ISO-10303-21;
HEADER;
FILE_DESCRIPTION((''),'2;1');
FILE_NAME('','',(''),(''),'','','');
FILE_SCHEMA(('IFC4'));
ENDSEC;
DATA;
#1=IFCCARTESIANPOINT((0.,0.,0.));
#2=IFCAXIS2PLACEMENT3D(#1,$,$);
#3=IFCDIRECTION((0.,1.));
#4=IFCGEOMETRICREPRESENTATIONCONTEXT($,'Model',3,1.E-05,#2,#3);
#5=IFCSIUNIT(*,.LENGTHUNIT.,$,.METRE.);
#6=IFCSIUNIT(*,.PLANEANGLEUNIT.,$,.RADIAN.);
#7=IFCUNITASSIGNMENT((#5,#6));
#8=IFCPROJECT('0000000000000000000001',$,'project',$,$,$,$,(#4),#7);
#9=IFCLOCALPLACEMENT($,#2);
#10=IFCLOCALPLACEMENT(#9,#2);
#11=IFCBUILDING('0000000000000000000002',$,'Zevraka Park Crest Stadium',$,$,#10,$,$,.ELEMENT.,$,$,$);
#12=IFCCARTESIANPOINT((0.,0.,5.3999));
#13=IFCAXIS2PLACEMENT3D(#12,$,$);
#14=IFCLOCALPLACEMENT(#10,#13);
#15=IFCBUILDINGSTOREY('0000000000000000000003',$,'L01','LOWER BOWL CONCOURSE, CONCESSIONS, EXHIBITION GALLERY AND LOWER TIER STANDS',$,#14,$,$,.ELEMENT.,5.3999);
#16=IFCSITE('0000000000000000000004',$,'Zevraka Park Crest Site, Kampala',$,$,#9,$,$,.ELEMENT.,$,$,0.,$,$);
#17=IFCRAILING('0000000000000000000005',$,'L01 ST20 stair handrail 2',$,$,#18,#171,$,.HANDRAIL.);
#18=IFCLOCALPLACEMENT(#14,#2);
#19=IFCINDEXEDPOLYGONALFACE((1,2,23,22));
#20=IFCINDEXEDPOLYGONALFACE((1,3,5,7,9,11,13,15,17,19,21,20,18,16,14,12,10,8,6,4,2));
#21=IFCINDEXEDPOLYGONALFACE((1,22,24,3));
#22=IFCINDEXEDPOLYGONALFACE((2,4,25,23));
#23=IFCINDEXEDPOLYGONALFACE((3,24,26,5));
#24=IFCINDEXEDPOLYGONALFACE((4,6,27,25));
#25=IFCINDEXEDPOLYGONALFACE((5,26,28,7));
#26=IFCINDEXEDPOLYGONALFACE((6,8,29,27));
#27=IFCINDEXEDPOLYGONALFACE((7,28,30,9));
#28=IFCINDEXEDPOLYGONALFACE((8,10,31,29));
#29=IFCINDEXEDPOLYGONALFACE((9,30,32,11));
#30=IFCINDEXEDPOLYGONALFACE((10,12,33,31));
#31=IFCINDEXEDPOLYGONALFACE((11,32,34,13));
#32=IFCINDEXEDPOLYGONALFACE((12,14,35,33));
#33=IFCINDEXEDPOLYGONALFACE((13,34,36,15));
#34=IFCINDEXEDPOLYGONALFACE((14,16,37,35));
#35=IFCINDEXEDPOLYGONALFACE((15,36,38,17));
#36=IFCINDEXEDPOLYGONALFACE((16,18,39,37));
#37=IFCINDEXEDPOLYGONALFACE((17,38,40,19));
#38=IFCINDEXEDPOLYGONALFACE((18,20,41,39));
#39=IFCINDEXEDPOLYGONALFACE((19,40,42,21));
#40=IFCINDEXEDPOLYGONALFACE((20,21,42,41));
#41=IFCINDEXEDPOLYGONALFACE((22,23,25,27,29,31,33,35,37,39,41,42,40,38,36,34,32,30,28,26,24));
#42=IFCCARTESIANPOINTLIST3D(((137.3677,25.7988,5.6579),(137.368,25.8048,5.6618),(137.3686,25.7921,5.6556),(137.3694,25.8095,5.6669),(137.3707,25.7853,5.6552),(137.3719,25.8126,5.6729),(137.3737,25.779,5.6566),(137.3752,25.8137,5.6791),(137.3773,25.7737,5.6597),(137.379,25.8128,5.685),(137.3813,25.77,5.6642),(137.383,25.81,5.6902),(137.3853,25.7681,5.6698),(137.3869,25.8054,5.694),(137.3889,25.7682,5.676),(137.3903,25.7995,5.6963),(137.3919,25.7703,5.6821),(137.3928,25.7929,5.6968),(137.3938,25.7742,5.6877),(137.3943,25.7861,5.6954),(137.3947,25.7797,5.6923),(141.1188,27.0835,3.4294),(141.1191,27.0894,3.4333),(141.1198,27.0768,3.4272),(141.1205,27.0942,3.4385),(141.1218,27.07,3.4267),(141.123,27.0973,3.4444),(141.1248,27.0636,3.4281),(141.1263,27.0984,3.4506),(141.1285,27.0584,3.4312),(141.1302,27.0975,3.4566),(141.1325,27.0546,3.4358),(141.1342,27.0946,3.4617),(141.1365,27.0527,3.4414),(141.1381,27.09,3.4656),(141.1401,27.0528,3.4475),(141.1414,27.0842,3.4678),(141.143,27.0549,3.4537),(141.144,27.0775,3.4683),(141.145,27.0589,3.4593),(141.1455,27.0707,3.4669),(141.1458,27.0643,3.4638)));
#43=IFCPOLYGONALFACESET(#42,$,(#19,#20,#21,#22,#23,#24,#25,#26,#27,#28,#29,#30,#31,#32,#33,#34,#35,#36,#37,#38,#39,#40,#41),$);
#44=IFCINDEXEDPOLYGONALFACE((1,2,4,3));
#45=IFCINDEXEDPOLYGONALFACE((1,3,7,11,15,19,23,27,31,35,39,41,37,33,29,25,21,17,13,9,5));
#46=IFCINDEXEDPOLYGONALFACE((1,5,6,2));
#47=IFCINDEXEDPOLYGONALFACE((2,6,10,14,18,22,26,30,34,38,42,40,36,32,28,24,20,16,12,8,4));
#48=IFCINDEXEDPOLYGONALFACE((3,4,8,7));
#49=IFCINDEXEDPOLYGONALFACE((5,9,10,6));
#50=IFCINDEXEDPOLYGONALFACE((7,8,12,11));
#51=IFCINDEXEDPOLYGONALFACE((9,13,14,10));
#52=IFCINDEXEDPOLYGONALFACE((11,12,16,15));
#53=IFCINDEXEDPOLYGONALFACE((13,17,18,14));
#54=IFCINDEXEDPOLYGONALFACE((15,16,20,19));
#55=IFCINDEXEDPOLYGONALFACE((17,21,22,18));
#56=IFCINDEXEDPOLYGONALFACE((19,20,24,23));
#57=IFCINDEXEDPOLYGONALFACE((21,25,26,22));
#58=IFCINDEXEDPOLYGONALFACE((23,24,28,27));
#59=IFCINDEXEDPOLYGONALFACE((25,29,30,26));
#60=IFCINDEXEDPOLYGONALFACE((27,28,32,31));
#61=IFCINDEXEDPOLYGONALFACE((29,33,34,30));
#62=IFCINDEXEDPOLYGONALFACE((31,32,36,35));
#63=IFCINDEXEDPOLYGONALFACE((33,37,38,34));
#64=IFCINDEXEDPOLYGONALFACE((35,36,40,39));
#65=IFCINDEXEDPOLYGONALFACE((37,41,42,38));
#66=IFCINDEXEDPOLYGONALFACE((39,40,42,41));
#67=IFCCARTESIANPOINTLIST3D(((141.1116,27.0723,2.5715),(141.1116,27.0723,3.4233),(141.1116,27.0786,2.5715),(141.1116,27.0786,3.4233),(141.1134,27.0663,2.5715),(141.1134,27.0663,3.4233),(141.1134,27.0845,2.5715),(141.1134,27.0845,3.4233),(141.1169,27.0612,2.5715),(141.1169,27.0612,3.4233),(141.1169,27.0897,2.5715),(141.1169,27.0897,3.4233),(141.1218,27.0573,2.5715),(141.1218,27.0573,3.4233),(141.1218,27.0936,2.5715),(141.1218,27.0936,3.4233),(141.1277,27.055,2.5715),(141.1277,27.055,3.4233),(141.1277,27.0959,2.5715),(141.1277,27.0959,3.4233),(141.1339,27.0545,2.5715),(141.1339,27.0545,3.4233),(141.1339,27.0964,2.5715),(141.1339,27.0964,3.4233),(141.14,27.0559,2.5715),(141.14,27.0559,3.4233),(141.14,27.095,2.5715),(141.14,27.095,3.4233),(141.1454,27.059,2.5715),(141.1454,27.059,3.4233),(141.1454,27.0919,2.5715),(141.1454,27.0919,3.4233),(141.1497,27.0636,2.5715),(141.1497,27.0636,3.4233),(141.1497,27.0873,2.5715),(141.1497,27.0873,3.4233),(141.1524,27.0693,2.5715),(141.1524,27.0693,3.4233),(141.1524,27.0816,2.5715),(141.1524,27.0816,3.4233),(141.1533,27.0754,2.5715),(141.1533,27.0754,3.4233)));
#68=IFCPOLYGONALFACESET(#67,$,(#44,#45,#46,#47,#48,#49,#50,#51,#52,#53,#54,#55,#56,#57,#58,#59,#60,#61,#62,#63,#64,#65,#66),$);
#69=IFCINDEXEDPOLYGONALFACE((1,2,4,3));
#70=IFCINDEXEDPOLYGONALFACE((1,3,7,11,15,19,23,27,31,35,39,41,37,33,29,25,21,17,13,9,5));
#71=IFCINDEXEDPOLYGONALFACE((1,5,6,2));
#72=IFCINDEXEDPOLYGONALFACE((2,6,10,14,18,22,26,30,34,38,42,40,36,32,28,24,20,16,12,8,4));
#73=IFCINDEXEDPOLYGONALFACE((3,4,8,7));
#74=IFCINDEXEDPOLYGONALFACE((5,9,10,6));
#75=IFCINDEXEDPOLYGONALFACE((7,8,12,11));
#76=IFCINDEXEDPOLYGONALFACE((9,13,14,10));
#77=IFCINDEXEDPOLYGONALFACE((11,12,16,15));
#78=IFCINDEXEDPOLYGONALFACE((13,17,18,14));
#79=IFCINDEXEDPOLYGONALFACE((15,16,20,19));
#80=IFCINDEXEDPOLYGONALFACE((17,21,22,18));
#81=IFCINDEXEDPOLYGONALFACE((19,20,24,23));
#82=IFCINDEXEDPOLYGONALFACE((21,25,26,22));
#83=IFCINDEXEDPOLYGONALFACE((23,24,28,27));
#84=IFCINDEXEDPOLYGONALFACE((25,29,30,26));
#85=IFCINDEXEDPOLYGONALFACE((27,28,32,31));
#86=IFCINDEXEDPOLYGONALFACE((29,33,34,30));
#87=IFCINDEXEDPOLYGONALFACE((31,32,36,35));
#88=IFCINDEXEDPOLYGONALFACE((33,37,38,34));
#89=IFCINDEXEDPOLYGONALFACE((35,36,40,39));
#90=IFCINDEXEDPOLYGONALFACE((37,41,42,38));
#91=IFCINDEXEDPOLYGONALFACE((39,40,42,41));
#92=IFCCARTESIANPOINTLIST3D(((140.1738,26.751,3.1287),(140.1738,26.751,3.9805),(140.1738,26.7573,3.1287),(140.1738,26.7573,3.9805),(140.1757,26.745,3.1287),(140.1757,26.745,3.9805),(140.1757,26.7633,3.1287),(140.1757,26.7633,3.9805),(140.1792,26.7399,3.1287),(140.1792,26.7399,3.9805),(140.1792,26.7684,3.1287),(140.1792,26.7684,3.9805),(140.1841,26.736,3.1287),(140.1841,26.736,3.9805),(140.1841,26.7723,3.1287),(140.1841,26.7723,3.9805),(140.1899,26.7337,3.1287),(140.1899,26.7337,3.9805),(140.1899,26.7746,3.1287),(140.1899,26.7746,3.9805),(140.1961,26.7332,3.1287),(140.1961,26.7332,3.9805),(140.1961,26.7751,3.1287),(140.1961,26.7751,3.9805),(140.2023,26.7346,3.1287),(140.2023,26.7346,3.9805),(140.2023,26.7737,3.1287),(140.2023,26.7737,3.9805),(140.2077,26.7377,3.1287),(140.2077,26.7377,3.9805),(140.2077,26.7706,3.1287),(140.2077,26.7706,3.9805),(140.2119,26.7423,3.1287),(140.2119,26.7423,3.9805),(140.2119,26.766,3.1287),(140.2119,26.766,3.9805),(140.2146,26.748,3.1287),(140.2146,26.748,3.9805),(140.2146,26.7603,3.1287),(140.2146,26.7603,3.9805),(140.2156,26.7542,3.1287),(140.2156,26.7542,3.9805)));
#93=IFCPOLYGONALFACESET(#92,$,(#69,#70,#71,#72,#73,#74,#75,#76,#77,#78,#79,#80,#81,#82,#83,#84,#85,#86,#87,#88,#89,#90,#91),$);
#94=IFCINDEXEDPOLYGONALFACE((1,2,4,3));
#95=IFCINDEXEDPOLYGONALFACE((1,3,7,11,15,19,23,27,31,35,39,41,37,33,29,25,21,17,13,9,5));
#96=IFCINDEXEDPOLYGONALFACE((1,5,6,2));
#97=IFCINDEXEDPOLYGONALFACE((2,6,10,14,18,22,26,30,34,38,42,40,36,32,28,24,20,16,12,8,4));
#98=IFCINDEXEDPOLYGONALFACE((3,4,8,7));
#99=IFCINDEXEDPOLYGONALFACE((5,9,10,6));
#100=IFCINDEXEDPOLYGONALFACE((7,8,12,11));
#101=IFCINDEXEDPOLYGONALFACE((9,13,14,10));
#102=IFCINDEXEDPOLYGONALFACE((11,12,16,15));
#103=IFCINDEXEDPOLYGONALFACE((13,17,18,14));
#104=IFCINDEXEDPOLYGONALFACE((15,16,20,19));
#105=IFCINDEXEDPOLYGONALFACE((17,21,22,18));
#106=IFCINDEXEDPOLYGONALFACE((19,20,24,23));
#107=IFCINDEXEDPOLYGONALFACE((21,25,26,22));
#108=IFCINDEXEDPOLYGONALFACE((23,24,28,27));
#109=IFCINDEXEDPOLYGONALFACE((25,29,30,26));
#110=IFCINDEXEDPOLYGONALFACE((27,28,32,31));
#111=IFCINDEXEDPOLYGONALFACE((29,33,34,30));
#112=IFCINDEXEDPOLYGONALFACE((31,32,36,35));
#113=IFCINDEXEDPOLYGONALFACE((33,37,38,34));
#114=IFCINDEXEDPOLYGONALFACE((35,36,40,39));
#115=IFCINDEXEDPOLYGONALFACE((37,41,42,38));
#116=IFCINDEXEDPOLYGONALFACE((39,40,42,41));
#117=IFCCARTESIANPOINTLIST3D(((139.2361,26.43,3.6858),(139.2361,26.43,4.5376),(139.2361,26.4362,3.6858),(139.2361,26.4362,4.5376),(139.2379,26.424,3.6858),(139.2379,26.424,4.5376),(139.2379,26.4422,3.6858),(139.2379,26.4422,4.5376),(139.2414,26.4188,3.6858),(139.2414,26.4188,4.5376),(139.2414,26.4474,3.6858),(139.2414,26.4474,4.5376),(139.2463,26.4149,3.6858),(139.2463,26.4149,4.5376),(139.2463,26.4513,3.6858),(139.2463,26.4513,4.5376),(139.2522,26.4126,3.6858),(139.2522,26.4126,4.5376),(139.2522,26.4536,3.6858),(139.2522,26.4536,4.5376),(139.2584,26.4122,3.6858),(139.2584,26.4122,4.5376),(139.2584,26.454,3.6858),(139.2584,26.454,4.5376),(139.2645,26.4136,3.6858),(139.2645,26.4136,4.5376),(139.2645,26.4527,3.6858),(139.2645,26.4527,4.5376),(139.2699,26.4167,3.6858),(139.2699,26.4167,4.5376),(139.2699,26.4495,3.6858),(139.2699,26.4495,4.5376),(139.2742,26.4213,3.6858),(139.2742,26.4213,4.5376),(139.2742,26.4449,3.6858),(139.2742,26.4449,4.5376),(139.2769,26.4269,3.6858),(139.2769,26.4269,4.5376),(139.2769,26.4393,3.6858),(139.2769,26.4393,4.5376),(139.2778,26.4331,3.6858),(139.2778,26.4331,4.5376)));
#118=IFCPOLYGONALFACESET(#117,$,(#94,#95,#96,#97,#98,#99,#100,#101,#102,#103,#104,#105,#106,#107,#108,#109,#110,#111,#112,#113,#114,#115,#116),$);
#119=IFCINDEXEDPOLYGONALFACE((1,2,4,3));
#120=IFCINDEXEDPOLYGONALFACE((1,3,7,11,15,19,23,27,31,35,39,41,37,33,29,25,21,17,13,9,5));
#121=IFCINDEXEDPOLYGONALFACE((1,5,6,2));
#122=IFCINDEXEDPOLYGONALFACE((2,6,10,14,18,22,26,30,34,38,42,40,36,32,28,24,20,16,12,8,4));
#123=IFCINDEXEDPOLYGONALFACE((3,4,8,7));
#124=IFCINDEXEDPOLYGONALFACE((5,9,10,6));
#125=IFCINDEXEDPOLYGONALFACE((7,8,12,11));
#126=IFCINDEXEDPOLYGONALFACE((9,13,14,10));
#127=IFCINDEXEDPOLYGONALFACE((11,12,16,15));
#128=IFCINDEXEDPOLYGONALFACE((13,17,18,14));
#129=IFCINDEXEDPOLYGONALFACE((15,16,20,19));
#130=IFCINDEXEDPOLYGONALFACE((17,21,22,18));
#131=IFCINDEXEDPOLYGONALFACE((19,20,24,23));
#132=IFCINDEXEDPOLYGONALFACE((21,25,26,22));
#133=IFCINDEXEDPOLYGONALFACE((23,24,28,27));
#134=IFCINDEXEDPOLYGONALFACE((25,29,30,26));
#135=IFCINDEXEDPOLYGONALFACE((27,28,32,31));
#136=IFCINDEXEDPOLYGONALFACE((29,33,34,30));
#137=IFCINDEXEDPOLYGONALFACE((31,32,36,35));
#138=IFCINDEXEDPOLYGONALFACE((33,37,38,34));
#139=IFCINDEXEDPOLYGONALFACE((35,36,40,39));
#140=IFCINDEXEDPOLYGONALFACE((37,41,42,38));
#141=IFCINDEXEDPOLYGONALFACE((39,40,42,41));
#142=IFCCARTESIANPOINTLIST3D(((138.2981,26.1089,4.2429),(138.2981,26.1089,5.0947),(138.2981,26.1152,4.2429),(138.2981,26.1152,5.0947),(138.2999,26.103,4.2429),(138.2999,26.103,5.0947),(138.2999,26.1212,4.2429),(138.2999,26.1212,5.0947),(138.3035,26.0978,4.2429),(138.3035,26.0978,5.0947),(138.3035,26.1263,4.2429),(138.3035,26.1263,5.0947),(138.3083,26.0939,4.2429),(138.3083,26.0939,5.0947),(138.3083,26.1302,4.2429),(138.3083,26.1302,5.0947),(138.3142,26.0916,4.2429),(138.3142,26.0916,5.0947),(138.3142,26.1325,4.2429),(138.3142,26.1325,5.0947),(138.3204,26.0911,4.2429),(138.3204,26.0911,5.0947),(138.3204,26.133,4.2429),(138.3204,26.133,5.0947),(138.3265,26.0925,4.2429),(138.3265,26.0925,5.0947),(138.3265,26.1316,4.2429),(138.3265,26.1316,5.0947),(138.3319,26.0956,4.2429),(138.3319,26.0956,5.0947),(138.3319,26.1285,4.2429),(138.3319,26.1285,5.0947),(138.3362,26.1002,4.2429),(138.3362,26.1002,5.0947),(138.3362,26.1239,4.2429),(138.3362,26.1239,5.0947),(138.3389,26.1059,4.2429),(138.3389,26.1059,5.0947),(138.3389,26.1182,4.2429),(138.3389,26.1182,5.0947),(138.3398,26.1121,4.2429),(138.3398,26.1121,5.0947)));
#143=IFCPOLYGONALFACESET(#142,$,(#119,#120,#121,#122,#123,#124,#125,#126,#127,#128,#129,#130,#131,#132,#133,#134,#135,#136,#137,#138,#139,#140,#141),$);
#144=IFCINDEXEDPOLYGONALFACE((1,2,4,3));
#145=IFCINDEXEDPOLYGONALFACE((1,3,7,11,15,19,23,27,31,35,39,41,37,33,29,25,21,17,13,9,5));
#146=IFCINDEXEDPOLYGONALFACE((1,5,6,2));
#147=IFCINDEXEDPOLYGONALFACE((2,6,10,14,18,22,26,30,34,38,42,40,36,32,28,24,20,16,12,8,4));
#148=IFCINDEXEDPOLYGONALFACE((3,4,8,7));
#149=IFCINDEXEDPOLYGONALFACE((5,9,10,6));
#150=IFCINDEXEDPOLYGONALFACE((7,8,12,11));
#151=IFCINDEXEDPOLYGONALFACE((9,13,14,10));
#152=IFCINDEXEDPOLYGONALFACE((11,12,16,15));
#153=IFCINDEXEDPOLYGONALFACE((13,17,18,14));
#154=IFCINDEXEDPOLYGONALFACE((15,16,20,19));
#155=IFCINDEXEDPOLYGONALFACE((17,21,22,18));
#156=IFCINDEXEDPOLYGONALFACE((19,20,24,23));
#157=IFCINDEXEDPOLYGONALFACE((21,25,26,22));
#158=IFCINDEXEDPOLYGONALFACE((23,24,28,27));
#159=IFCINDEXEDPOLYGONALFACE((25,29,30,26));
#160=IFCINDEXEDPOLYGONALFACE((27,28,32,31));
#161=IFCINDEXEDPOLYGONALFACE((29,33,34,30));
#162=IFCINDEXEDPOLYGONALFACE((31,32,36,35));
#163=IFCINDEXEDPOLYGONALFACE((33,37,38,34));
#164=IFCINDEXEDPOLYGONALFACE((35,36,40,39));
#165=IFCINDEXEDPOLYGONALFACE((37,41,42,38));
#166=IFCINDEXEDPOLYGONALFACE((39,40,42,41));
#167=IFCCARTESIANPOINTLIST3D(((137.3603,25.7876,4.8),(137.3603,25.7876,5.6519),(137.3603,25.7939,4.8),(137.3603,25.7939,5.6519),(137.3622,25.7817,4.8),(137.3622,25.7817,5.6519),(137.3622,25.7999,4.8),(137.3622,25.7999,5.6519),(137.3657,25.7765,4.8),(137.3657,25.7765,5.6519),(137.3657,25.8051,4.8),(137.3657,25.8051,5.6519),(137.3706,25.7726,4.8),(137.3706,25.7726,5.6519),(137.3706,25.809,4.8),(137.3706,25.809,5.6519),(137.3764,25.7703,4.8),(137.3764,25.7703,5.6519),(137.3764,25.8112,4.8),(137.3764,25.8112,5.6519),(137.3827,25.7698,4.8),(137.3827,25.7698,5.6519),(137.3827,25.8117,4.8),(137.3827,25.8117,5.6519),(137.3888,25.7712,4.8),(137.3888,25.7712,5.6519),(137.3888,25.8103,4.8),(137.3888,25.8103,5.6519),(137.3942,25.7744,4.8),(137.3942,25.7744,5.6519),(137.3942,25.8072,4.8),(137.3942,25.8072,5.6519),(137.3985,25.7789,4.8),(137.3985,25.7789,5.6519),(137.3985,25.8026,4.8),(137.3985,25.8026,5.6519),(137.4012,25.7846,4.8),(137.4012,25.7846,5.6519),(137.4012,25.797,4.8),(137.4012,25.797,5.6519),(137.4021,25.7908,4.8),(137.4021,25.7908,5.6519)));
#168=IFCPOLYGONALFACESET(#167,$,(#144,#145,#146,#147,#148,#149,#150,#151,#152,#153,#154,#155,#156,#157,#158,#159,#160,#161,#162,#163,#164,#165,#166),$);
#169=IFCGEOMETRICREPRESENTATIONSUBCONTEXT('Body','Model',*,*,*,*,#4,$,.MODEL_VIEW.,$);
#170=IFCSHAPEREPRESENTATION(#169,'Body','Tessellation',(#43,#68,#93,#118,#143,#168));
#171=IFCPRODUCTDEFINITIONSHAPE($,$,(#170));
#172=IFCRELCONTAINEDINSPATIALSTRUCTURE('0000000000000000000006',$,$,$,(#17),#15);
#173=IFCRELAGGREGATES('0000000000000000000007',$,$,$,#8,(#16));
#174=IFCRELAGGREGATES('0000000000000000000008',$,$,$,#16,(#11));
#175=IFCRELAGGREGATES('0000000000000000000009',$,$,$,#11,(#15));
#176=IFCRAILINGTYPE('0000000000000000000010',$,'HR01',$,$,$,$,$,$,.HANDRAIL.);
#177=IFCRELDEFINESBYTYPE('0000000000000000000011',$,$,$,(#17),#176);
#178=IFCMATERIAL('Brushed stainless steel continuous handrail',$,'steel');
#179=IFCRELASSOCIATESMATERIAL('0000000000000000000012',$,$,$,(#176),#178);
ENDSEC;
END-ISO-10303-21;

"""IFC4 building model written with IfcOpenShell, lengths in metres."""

from ifc_helpers import new_model, si_unit, direction, frame, origin, origin_2d, place, context, subcontext, project, spatial, circle, extrude, material, type_object, element, save


model = new_model("IFC4")

# Units and contexts
model_context = context("Model", 3, precision=1e-05, world=origin(), true_north=direction((0.0, 1.0)))
body_context = subcontext(model_context, "Body", "Model", "MODEL_VIEW")
ifc_project = project(units=[si_unit("LENGTHUNIT", "METRE"), si_unit("PLANEANGLEUNIT", "RADIAN")], contexts=[model_context])

# Site, building, storey
site_placement = place(None, origin())
site = spatial("IfcSite", under=ifc_project, at=site_placement, Name="Zevraka Park Crest Site, Kampala", CompositionType="ELEMENT", RefElevation=0.0)
building_placement = place(site_placement, origin())
building = spatial("IfcBuilding", under=site, at=building_placement, Name="Zevraka Park Crest Stadium", CompositionType="ELEMENT")
storey_placement = place(building_placement, frame((0.0, 0.0, 5.3999)))
storey = spatial("IfcBuildingStorey", under=building, at=storey_placement, Name="L01", Description="LOWER BOWL CONCOURSE, CONCESSIONS, EXHIBITION GALLERY AND LOWER TIER STANDS", CompositionType="ELEMENT", Elevation=5.3999)

# Railing
ifc_material_1 = material(Name="Brushed stainless steel continuous handrail", Category="steel")
railing_type_1 = type_object("IfcRailingType", Name="HR01", PredefinedType="HANDRAIL", material=ifc_material_1)
railing_1_placement = place(storey_placement, frame((141.1323, 27.0754, 2.5715)))
element("IfcRailing", 1, at=railing_1_placement, inside=storey, type_object=railing_type_1, Name="L01 ST20 stair handrail 2", PredefinedType="HANDRAIL", context=body_context, shape_type="SweptSolid", body=[
    extrude(circle(Radius=0.0239, at=origin_2d()), frame((0.0, 0.0, 0.876), z_axis=(-0.824727, -0.282441, 0.489952), x_axis=(0.323994, -0.946059, 0.0)), (0.0, 0.0, 1.0), 4.5483),
    extrude(circle(Radius=0.021, at=origin_2d()), origin(), (0.0, 0.0, 1.0), 0.8518),
    extrude(circle(Radius=0.021, at=origin_2d()), frame((-0.9377, -0.3213, 0.5571)), (0.0, 0.0, 1.0), 0.8518),
    extrude(circle(Radius=0.021, at=origin_2d()), frame((-1.8755, -0.6423, 1.1143)), (0.0, 0.0, 1.0), 0.8518),
    extrude(circle(Radius=0.021, at=origin_2d()), frame((-2.8135, -0.9634, 1.6714)), (0.0, 0.0, 1.0), 0.8518),
    extrude(circle(Radius=0.021, at=origin_2d()), frame((-3.7512, -1.2847, 2.2285)), (0.0, 0.0, 1.0), 0.8518),
])

save(model, "model.ifc")
